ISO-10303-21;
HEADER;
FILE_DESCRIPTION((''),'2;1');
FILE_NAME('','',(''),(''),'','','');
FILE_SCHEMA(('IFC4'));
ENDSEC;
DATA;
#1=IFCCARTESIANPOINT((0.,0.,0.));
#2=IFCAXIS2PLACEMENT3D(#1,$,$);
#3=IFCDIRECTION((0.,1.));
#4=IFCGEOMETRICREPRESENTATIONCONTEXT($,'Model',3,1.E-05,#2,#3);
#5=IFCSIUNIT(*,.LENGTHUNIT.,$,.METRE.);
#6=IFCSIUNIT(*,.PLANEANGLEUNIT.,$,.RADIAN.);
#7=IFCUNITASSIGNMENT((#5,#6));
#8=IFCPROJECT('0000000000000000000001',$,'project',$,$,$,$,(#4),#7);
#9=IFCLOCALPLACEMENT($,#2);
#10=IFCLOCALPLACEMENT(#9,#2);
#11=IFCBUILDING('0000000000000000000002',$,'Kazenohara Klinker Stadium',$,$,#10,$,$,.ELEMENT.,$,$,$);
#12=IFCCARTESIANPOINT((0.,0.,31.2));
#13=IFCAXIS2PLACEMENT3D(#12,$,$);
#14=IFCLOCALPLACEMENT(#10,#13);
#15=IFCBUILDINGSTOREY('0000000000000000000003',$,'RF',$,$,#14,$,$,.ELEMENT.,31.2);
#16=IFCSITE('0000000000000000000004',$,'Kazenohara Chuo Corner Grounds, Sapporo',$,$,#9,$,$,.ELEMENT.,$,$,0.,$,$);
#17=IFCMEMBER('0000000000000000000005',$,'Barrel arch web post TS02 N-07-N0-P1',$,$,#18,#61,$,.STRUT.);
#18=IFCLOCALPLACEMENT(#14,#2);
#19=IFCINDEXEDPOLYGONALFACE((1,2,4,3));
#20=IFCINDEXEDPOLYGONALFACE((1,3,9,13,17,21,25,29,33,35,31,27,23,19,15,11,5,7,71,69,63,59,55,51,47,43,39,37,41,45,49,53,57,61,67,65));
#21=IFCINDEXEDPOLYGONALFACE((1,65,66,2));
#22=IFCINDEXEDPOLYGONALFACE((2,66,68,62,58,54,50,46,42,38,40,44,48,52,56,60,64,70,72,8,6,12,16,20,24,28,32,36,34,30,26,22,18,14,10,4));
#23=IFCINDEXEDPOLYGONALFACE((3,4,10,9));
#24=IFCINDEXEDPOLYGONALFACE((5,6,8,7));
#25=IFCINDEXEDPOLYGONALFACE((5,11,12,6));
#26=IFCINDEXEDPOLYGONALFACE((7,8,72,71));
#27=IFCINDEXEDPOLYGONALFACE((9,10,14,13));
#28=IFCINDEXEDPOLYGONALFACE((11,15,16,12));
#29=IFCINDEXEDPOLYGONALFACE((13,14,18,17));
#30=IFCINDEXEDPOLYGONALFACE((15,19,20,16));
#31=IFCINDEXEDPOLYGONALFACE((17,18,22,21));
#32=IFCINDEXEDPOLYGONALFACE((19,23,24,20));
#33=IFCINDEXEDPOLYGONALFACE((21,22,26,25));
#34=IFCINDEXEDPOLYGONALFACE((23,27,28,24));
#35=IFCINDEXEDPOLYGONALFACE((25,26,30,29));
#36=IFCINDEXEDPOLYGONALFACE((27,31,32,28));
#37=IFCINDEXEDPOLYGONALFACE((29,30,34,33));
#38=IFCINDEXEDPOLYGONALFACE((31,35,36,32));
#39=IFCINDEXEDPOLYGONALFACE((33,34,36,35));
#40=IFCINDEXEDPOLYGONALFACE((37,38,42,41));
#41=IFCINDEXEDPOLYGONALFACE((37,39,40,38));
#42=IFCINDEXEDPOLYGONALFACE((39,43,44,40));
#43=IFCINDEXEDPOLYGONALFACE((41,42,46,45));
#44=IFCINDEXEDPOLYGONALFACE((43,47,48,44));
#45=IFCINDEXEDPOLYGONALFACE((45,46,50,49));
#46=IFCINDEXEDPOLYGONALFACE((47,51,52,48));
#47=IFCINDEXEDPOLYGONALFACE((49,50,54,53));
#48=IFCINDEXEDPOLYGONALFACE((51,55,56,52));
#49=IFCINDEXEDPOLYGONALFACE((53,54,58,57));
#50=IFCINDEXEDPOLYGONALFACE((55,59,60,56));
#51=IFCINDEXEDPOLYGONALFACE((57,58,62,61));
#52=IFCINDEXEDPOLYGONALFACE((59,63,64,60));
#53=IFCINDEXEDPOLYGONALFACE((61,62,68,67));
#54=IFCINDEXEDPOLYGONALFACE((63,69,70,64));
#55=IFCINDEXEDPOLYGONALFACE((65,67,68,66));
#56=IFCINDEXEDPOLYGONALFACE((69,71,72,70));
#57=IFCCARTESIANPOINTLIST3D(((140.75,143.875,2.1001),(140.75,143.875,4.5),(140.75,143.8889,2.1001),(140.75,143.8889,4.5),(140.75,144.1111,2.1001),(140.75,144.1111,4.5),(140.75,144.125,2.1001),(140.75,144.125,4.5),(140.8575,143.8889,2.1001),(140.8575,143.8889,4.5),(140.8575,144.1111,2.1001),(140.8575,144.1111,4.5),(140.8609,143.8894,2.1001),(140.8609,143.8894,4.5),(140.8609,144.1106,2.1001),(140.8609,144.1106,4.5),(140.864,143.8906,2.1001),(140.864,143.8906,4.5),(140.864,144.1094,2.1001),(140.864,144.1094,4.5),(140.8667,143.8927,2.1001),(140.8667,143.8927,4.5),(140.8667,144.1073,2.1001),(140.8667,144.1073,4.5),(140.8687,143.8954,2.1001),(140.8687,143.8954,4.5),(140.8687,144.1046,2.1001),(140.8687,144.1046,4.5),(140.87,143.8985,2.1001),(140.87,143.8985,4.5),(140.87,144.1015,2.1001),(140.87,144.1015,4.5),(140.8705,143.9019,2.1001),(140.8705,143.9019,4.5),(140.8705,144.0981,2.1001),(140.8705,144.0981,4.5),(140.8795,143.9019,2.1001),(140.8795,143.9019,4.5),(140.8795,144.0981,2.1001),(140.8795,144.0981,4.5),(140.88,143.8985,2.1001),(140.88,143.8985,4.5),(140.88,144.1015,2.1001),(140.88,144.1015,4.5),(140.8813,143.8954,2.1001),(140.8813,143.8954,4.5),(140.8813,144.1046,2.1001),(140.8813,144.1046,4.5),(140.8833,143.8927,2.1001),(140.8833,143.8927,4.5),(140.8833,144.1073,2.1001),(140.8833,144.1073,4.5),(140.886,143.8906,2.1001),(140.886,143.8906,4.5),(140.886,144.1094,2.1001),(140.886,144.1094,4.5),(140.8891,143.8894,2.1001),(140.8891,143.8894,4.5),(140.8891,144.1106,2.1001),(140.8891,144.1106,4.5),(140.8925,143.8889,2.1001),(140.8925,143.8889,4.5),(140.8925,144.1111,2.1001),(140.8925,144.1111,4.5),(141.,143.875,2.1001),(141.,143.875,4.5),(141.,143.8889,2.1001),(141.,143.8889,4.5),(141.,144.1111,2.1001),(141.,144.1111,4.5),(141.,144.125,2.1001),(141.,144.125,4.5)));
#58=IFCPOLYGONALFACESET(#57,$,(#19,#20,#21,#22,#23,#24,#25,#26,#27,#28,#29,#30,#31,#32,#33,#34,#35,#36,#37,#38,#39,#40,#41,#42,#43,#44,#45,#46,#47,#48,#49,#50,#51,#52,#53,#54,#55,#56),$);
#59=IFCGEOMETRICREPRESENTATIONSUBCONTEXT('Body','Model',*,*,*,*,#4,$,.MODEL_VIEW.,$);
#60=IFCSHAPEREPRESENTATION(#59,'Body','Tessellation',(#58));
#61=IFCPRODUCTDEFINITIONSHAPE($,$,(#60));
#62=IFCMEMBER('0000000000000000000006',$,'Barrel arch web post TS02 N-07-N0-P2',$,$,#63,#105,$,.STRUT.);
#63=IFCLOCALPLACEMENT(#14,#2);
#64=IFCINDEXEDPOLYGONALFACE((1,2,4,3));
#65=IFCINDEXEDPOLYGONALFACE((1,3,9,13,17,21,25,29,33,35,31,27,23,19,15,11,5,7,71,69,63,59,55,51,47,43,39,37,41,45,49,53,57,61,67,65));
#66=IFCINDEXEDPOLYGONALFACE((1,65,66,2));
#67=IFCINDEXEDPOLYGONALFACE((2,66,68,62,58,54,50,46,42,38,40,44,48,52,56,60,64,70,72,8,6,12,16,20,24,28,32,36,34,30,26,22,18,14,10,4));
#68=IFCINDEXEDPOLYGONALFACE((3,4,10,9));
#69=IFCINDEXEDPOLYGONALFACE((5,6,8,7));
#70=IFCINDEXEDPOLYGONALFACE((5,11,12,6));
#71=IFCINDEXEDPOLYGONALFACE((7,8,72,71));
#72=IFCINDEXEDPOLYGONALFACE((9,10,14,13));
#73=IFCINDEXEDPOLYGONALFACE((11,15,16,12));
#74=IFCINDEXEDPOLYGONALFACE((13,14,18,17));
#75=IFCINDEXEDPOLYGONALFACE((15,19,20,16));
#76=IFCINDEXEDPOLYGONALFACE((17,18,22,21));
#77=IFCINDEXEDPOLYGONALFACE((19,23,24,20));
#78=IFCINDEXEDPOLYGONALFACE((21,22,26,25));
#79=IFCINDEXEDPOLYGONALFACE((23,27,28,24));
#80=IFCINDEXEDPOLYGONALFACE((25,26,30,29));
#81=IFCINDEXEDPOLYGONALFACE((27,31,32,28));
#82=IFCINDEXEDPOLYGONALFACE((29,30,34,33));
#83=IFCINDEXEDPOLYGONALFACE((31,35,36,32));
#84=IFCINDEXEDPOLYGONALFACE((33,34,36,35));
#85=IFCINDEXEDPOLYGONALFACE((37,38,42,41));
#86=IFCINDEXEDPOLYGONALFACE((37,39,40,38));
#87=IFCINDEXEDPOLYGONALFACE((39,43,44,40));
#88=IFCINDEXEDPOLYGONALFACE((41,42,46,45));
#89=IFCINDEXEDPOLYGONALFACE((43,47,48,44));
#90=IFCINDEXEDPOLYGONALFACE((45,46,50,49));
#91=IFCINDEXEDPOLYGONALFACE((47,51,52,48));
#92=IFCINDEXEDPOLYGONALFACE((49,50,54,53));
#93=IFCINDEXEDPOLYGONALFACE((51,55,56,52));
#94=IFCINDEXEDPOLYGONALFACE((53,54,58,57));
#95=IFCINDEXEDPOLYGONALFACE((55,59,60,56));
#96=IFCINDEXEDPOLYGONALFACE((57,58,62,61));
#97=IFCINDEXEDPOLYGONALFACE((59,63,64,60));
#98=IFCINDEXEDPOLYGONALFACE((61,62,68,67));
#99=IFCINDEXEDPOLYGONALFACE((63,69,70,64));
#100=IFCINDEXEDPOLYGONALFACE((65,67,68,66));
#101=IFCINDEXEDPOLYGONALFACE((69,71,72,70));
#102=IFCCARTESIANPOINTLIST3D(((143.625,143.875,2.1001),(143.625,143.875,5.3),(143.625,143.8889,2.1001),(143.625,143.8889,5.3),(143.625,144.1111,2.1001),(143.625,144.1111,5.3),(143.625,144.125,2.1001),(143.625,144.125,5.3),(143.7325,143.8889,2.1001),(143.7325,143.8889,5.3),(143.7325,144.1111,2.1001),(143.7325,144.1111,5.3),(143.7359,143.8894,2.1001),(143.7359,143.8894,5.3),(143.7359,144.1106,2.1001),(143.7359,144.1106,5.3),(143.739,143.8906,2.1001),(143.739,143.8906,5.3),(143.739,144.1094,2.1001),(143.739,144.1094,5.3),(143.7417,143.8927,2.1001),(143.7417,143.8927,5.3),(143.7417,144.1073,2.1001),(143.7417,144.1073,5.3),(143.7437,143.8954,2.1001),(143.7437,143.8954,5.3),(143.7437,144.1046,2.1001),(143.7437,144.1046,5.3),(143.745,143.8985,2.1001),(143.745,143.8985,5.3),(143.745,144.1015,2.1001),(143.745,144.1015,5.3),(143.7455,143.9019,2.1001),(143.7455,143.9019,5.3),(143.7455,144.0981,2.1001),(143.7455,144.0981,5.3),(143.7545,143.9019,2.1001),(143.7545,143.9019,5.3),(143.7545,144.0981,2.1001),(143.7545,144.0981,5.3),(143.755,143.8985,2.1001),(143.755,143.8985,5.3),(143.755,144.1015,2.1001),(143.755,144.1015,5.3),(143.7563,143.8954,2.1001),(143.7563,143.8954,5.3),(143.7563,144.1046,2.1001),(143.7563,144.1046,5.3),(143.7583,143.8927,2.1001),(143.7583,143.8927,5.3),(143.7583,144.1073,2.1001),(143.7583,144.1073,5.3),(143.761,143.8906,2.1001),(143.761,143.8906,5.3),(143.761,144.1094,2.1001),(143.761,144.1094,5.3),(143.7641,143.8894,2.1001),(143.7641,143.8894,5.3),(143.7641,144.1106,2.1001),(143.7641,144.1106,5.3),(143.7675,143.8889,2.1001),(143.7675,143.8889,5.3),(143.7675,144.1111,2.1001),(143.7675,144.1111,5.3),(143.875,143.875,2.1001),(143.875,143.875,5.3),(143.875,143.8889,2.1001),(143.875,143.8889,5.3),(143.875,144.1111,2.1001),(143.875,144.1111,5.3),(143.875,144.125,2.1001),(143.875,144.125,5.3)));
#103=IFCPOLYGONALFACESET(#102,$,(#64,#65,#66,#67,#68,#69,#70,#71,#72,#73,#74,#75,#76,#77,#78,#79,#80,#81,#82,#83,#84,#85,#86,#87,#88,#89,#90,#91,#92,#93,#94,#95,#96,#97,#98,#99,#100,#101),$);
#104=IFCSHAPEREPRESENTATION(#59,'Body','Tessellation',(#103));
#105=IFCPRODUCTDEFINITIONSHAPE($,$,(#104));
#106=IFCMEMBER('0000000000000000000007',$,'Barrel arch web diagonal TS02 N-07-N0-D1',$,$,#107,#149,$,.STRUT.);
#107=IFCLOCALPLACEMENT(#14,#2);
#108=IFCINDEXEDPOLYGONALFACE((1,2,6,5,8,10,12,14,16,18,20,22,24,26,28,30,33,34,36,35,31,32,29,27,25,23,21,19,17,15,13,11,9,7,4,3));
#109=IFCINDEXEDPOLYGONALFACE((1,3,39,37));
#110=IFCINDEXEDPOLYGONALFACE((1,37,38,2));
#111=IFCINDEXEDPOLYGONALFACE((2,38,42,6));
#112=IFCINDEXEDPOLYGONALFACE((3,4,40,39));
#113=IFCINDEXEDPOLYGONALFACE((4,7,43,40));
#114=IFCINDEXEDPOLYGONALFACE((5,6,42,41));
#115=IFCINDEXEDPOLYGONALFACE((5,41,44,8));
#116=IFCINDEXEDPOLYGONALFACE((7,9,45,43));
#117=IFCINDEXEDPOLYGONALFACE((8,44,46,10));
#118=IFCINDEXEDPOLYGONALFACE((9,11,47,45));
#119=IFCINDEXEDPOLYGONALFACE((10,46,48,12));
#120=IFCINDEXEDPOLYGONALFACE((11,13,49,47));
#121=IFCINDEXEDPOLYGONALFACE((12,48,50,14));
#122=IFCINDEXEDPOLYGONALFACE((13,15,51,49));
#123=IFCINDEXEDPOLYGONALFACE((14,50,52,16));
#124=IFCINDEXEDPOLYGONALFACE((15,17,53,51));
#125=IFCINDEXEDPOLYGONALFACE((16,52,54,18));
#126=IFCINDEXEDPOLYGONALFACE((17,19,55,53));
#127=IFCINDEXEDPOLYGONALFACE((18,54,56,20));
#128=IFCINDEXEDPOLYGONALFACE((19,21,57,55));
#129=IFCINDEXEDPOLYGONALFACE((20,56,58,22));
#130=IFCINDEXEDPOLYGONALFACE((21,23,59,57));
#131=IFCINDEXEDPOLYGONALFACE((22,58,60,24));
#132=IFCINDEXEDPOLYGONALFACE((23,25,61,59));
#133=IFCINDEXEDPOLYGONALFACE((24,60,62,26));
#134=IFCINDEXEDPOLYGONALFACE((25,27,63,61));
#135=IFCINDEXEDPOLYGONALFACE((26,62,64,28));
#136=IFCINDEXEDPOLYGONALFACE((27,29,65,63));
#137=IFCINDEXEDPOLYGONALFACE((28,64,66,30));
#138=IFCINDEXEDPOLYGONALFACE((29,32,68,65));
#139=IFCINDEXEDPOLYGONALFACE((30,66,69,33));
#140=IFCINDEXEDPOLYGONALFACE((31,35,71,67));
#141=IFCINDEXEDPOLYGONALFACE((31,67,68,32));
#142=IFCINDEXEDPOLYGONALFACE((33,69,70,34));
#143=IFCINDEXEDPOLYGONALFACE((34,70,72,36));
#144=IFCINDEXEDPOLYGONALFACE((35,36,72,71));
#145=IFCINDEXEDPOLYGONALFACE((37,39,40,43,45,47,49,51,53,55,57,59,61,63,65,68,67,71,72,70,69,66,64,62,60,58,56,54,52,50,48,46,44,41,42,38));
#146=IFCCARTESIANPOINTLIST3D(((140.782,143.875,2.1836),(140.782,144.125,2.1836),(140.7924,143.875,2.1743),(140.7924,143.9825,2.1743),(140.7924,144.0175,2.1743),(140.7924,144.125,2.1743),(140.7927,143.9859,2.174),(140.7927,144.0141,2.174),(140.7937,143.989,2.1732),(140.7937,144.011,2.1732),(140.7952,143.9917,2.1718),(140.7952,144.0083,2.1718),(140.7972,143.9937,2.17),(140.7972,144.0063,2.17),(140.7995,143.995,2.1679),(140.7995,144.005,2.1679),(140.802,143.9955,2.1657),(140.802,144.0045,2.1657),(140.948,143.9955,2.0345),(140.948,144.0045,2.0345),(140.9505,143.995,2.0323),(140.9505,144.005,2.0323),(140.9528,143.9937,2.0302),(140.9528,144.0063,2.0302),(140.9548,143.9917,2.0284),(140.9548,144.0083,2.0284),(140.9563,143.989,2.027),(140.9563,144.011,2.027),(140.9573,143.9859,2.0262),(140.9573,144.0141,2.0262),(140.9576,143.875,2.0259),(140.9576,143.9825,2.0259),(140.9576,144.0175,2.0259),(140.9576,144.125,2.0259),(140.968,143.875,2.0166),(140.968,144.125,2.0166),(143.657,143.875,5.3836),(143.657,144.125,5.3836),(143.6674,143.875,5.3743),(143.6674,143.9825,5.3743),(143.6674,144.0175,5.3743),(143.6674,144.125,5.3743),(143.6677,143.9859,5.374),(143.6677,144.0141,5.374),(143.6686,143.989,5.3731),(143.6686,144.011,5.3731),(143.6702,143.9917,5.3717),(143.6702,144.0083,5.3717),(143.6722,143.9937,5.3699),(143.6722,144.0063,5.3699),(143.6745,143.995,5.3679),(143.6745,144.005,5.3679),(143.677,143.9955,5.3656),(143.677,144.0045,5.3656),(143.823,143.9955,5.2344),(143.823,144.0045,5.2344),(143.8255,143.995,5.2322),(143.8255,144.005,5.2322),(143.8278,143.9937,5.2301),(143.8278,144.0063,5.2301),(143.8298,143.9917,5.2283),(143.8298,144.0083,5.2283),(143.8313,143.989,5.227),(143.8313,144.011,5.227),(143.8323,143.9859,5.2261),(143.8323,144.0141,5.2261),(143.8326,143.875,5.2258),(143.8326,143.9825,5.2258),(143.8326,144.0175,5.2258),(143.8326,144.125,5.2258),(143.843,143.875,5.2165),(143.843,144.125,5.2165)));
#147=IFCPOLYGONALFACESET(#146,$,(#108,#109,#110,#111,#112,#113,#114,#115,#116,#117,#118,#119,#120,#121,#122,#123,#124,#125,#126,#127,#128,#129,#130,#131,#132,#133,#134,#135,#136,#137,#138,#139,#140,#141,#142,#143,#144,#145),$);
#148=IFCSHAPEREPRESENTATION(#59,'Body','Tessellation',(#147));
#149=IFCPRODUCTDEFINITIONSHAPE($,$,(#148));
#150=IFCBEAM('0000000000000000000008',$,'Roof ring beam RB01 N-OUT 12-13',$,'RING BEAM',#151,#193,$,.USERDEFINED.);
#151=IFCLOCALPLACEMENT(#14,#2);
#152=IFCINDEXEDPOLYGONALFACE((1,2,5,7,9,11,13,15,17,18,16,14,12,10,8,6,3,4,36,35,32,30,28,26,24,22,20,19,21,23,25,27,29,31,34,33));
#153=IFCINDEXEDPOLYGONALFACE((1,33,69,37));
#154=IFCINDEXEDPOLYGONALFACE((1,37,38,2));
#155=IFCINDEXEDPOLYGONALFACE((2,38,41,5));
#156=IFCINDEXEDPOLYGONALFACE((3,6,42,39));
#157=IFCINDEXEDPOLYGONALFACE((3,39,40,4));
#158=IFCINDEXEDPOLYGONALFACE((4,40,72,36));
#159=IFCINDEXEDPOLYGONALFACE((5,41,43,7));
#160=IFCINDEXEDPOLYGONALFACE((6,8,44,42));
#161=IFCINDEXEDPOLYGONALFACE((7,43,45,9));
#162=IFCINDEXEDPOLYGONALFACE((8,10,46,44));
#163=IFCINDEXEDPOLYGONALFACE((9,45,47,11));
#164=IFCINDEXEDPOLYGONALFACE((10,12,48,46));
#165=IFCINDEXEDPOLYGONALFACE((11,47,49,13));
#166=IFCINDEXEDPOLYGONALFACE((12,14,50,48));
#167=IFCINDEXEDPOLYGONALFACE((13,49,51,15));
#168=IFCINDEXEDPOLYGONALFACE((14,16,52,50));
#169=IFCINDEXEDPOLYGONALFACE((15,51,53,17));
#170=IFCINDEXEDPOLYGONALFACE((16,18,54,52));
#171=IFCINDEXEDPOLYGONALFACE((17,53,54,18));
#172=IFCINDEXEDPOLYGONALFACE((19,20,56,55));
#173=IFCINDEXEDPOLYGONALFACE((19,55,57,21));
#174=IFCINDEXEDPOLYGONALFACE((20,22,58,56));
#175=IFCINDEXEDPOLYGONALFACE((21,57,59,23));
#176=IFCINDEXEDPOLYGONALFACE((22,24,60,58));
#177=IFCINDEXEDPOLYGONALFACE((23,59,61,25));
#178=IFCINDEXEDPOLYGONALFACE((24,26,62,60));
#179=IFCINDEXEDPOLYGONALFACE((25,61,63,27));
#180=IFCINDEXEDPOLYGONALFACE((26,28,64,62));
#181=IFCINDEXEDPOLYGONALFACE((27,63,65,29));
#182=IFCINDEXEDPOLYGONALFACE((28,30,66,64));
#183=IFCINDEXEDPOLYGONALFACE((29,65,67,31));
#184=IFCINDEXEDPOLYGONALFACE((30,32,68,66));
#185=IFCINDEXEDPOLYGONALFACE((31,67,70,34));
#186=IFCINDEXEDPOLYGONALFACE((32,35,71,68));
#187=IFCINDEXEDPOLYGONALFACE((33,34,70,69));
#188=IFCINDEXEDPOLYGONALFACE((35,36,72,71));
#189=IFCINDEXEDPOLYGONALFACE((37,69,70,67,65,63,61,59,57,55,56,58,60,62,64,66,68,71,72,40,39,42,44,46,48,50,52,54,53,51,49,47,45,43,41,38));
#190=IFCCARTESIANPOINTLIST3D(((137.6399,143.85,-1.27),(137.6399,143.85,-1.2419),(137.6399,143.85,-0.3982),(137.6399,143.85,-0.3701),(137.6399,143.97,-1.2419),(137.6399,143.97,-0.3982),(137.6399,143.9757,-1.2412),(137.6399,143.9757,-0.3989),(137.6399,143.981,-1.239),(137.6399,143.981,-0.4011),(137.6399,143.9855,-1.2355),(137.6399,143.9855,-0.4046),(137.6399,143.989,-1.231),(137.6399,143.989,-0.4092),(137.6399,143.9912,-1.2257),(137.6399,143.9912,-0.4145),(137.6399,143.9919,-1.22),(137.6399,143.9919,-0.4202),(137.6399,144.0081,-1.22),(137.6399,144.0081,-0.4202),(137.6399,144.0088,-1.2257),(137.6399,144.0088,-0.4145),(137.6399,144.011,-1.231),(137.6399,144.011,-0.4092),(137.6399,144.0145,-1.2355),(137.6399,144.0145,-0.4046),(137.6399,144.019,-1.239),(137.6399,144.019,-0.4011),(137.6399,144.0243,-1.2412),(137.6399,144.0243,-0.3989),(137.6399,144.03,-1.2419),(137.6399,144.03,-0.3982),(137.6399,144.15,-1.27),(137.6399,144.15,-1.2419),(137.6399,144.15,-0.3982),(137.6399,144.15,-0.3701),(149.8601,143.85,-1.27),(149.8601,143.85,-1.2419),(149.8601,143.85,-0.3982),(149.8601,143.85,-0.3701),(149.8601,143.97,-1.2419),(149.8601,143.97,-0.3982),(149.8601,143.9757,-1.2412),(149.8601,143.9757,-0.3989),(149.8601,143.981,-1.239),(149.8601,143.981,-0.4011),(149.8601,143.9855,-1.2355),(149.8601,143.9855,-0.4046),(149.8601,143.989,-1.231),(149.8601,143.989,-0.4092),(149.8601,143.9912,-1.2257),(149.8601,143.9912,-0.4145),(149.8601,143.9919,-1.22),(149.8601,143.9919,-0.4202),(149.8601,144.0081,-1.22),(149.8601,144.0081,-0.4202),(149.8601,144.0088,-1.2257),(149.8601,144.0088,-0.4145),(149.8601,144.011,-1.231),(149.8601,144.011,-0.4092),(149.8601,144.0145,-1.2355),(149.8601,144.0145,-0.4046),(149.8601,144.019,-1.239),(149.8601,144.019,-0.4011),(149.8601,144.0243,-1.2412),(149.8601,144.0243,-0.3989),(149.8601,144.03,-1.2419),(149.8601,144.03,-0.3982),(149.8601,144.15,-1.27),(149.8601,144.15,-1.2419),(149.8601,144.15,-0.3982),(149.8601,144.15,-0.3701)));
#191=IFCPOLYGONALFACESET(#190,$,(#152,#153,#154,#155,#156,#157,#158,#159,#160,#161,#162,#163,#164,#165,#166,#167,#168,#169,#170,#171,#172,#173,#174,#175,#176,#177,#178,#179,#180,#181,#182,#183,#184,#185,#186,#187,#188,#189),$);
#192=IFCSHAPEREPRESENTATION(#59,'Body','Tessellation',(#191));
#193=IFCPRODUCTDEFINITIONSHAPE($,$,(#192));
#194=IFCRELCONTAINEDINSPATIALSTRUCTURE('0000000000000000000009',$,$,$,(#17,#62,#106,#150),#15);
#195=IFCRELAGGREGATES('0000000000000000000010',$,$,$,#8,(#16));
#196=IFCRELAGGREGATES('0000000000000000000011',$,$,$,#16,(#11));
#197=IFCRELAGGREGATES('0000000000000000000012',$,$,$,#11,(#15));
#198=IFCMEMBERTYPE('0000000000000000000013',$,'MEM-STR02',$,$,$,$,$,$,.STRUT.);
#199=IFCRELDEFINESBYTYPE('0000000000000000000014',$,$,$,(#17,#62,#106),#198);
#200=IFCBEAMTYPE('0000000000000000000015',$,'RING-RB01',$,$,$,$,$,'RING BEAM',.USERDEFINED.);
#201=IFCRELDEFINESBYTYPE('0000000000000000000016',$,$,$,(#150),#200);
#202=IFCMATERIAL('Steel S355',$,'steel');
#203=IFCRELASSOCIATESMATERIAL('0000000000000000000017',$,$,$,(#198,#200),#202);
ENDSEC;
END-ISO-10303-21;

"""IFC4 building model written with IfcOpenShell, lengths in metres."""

from ifc_helpers import new_model, si_unit, direction, frame, origin, origin_2d, place, context, subcontext, project, spatial, i_section, extrude, material, material_profile, profile_set, type_object, element, save


model = new_model("IFC4")

# Units and contexts
model_context = context("Model", 3, precision=1e-05, world=origin(), true_north=direction((0.0, 1.0)))
body_context = subcontext(model_context, "Body", "Model", "MODEL_VIEW")
ifc_project = project(units=[si_unit("LENGTHUNIT", "METRE"), si_unit("PLANEANGLEUNIT", "RADIAN")], contexts=[model_context])

# Site, building, storey
site_placement = place(None, origin())
site = spatial("IfcSite", under=ifc_project, at=site_placement, Name="Kazenohara Chuo Corner Grounds, Sapporo", CompositionType="ELEMENT", RefElevation=0.0)
building_placement = place(site_placement, origin())
building = spatial("IfcBuilding", under=site, at=building_placement, Name="Kazenohara Klinker Stadium", CompositionType="ELEMENT")
storey_placement = place(building_placement, frame((0.0, 0.0, 31.2)))
storey = spatial("IfcBuildingStorey", under=building, at=storey_placement, Name="RF", CompositionType="ELEMENT", Elevation=31.2)

# Members
ifc_material_1 = material(Name="Steel S355", Category="steel")
ifc_material_profile_1 = material_profile(ifc_material_1, i_section(OverallWidth=0.25, OverallDepth=0.25, WebThickness=0.009, FlangeThickness=0.0139, FilletRadius=0.0129, at=origin_2d()), Name="H-250x250x9x14")
ifc_profile_set_1 = profile_set([ifc_material_profile_1], Name="Steel S355")
member_type_1 = type_object("IfcMemberType", Name="MEM-STR02", PredefinedType="STRUT", material=ifc_profile_set_1)
member_1_placement = place(storey_placement, frame((140.875, 144.0, 2.1001), z_axis=(0.0, 0.0, 1.0), x_axis=(1.0, 0.0, 0.0)))
element("IfcMember", 1, at=member_1_placement, inside=storey, type_object=member_type_1, Name="Barrel arch web post TS02 N-07-N0-P1", PredefinedType="STRUT", context=body_context, shape_type="SweptSolid", body=[
    extrude(i_section(OverallWidth=0.25, OverallDepth=0.25, WebThickness=0.009, FlangeThickness=0.0139, FilletRadius=0.0129, at=origin_2d()), origin(), (0.0, 0.0, 1.0), 2.3999),
])
member_2_placement = place(storey_placement, frame((143.75, 144.0, 2.1001), z_axis=(0.0, 0.0, 1.0), x_axis=(1.0, 0.0, 0.0)))
element("IfcMember", 2, at=member_2_placement, inside=storey, type_object=member_type_1, Name="Barrel arch web post TS02 N-07-N0-P2", PredefinedType="STRUT", context=body_context, shape_type="SweptSolid", body=[
    extrude(i_section(OverallWidth=0.25, OverallDepth=0.25, WebThickness=0.009, FlangeThickness=0.0139, FilletRadius=0.0129, at=origin_2d()), origin(), (0.0, 0.0, 1.0), 3.2),
])
member_3_placement = place(storey_placement, frame((140.875, 144.0, 2.1001), z_axis=(0.668328, 0.0, 0.743867), x_axis=(0.0, 1.0, 0.0)))
element("IfcMember", 3, at=member_3_placement, inside=storey, type_object=member_type_1, Name="Barrel arch web diagonal TS02 N-07-N0-D1", PredefinedType="STRUT", context=body_context, shape_type="SweptSolid", body=[
    extrude(i_section(OverallWidth=0.25, OverallDepth=0.25, WebThickness=0.009, FlangeThickness=0.0139, FilletRadius=0.0129, at=origin_2d()), origin(), (0.0, 0.0, 1.0), 4.3018),
])

# Beam
ifc_material_profile_2 = material_profile(ifc_material_1, i_section(OverallWidth=0.3, OverallDepth=0.8999, WebThickness=0.0161, FlangeThickness=0.0281, FilletRadius=0.022, at=origin_2d()), Name="H-900x300x16x28")
ifc_profile_set_2 = profile_set([ifc_material_profile_2], Name="Steel S355")
beam_type = type_object("IfcBeamType", Name="RING-RB01", ElementType="RING BEAM", PredefinedType="USERDEFINED", material=ifc_profile_set_2)
beam_placement = place(storey_placement, frame((137.6399, 144.0, -0.8201), z_axis=(1.0, 0.0, 0.0), x_axis=(0.0, 1.0, 0.0)))
element("IfcBeam", 4, at=beam_placement, inside=storey, type_object=beam_type, Name="Roof ring beam RB01 N-OUT 12-13", ObjectType="RING BEAM", PredefinedType="USERDEFINED", context=body_context, shape_type="SweptSolid", body=[
    extrude(i_section(OverallWidth=0.3, OverallDepth=0.8999, WebThickness=0.0161, FlangeThickness=0.0281, FilletRadius=0.022, at=origin_2d()), origin(), (0.0, 0.0, 1.0), 12.2202),
])

save(model, "model.ifc")
